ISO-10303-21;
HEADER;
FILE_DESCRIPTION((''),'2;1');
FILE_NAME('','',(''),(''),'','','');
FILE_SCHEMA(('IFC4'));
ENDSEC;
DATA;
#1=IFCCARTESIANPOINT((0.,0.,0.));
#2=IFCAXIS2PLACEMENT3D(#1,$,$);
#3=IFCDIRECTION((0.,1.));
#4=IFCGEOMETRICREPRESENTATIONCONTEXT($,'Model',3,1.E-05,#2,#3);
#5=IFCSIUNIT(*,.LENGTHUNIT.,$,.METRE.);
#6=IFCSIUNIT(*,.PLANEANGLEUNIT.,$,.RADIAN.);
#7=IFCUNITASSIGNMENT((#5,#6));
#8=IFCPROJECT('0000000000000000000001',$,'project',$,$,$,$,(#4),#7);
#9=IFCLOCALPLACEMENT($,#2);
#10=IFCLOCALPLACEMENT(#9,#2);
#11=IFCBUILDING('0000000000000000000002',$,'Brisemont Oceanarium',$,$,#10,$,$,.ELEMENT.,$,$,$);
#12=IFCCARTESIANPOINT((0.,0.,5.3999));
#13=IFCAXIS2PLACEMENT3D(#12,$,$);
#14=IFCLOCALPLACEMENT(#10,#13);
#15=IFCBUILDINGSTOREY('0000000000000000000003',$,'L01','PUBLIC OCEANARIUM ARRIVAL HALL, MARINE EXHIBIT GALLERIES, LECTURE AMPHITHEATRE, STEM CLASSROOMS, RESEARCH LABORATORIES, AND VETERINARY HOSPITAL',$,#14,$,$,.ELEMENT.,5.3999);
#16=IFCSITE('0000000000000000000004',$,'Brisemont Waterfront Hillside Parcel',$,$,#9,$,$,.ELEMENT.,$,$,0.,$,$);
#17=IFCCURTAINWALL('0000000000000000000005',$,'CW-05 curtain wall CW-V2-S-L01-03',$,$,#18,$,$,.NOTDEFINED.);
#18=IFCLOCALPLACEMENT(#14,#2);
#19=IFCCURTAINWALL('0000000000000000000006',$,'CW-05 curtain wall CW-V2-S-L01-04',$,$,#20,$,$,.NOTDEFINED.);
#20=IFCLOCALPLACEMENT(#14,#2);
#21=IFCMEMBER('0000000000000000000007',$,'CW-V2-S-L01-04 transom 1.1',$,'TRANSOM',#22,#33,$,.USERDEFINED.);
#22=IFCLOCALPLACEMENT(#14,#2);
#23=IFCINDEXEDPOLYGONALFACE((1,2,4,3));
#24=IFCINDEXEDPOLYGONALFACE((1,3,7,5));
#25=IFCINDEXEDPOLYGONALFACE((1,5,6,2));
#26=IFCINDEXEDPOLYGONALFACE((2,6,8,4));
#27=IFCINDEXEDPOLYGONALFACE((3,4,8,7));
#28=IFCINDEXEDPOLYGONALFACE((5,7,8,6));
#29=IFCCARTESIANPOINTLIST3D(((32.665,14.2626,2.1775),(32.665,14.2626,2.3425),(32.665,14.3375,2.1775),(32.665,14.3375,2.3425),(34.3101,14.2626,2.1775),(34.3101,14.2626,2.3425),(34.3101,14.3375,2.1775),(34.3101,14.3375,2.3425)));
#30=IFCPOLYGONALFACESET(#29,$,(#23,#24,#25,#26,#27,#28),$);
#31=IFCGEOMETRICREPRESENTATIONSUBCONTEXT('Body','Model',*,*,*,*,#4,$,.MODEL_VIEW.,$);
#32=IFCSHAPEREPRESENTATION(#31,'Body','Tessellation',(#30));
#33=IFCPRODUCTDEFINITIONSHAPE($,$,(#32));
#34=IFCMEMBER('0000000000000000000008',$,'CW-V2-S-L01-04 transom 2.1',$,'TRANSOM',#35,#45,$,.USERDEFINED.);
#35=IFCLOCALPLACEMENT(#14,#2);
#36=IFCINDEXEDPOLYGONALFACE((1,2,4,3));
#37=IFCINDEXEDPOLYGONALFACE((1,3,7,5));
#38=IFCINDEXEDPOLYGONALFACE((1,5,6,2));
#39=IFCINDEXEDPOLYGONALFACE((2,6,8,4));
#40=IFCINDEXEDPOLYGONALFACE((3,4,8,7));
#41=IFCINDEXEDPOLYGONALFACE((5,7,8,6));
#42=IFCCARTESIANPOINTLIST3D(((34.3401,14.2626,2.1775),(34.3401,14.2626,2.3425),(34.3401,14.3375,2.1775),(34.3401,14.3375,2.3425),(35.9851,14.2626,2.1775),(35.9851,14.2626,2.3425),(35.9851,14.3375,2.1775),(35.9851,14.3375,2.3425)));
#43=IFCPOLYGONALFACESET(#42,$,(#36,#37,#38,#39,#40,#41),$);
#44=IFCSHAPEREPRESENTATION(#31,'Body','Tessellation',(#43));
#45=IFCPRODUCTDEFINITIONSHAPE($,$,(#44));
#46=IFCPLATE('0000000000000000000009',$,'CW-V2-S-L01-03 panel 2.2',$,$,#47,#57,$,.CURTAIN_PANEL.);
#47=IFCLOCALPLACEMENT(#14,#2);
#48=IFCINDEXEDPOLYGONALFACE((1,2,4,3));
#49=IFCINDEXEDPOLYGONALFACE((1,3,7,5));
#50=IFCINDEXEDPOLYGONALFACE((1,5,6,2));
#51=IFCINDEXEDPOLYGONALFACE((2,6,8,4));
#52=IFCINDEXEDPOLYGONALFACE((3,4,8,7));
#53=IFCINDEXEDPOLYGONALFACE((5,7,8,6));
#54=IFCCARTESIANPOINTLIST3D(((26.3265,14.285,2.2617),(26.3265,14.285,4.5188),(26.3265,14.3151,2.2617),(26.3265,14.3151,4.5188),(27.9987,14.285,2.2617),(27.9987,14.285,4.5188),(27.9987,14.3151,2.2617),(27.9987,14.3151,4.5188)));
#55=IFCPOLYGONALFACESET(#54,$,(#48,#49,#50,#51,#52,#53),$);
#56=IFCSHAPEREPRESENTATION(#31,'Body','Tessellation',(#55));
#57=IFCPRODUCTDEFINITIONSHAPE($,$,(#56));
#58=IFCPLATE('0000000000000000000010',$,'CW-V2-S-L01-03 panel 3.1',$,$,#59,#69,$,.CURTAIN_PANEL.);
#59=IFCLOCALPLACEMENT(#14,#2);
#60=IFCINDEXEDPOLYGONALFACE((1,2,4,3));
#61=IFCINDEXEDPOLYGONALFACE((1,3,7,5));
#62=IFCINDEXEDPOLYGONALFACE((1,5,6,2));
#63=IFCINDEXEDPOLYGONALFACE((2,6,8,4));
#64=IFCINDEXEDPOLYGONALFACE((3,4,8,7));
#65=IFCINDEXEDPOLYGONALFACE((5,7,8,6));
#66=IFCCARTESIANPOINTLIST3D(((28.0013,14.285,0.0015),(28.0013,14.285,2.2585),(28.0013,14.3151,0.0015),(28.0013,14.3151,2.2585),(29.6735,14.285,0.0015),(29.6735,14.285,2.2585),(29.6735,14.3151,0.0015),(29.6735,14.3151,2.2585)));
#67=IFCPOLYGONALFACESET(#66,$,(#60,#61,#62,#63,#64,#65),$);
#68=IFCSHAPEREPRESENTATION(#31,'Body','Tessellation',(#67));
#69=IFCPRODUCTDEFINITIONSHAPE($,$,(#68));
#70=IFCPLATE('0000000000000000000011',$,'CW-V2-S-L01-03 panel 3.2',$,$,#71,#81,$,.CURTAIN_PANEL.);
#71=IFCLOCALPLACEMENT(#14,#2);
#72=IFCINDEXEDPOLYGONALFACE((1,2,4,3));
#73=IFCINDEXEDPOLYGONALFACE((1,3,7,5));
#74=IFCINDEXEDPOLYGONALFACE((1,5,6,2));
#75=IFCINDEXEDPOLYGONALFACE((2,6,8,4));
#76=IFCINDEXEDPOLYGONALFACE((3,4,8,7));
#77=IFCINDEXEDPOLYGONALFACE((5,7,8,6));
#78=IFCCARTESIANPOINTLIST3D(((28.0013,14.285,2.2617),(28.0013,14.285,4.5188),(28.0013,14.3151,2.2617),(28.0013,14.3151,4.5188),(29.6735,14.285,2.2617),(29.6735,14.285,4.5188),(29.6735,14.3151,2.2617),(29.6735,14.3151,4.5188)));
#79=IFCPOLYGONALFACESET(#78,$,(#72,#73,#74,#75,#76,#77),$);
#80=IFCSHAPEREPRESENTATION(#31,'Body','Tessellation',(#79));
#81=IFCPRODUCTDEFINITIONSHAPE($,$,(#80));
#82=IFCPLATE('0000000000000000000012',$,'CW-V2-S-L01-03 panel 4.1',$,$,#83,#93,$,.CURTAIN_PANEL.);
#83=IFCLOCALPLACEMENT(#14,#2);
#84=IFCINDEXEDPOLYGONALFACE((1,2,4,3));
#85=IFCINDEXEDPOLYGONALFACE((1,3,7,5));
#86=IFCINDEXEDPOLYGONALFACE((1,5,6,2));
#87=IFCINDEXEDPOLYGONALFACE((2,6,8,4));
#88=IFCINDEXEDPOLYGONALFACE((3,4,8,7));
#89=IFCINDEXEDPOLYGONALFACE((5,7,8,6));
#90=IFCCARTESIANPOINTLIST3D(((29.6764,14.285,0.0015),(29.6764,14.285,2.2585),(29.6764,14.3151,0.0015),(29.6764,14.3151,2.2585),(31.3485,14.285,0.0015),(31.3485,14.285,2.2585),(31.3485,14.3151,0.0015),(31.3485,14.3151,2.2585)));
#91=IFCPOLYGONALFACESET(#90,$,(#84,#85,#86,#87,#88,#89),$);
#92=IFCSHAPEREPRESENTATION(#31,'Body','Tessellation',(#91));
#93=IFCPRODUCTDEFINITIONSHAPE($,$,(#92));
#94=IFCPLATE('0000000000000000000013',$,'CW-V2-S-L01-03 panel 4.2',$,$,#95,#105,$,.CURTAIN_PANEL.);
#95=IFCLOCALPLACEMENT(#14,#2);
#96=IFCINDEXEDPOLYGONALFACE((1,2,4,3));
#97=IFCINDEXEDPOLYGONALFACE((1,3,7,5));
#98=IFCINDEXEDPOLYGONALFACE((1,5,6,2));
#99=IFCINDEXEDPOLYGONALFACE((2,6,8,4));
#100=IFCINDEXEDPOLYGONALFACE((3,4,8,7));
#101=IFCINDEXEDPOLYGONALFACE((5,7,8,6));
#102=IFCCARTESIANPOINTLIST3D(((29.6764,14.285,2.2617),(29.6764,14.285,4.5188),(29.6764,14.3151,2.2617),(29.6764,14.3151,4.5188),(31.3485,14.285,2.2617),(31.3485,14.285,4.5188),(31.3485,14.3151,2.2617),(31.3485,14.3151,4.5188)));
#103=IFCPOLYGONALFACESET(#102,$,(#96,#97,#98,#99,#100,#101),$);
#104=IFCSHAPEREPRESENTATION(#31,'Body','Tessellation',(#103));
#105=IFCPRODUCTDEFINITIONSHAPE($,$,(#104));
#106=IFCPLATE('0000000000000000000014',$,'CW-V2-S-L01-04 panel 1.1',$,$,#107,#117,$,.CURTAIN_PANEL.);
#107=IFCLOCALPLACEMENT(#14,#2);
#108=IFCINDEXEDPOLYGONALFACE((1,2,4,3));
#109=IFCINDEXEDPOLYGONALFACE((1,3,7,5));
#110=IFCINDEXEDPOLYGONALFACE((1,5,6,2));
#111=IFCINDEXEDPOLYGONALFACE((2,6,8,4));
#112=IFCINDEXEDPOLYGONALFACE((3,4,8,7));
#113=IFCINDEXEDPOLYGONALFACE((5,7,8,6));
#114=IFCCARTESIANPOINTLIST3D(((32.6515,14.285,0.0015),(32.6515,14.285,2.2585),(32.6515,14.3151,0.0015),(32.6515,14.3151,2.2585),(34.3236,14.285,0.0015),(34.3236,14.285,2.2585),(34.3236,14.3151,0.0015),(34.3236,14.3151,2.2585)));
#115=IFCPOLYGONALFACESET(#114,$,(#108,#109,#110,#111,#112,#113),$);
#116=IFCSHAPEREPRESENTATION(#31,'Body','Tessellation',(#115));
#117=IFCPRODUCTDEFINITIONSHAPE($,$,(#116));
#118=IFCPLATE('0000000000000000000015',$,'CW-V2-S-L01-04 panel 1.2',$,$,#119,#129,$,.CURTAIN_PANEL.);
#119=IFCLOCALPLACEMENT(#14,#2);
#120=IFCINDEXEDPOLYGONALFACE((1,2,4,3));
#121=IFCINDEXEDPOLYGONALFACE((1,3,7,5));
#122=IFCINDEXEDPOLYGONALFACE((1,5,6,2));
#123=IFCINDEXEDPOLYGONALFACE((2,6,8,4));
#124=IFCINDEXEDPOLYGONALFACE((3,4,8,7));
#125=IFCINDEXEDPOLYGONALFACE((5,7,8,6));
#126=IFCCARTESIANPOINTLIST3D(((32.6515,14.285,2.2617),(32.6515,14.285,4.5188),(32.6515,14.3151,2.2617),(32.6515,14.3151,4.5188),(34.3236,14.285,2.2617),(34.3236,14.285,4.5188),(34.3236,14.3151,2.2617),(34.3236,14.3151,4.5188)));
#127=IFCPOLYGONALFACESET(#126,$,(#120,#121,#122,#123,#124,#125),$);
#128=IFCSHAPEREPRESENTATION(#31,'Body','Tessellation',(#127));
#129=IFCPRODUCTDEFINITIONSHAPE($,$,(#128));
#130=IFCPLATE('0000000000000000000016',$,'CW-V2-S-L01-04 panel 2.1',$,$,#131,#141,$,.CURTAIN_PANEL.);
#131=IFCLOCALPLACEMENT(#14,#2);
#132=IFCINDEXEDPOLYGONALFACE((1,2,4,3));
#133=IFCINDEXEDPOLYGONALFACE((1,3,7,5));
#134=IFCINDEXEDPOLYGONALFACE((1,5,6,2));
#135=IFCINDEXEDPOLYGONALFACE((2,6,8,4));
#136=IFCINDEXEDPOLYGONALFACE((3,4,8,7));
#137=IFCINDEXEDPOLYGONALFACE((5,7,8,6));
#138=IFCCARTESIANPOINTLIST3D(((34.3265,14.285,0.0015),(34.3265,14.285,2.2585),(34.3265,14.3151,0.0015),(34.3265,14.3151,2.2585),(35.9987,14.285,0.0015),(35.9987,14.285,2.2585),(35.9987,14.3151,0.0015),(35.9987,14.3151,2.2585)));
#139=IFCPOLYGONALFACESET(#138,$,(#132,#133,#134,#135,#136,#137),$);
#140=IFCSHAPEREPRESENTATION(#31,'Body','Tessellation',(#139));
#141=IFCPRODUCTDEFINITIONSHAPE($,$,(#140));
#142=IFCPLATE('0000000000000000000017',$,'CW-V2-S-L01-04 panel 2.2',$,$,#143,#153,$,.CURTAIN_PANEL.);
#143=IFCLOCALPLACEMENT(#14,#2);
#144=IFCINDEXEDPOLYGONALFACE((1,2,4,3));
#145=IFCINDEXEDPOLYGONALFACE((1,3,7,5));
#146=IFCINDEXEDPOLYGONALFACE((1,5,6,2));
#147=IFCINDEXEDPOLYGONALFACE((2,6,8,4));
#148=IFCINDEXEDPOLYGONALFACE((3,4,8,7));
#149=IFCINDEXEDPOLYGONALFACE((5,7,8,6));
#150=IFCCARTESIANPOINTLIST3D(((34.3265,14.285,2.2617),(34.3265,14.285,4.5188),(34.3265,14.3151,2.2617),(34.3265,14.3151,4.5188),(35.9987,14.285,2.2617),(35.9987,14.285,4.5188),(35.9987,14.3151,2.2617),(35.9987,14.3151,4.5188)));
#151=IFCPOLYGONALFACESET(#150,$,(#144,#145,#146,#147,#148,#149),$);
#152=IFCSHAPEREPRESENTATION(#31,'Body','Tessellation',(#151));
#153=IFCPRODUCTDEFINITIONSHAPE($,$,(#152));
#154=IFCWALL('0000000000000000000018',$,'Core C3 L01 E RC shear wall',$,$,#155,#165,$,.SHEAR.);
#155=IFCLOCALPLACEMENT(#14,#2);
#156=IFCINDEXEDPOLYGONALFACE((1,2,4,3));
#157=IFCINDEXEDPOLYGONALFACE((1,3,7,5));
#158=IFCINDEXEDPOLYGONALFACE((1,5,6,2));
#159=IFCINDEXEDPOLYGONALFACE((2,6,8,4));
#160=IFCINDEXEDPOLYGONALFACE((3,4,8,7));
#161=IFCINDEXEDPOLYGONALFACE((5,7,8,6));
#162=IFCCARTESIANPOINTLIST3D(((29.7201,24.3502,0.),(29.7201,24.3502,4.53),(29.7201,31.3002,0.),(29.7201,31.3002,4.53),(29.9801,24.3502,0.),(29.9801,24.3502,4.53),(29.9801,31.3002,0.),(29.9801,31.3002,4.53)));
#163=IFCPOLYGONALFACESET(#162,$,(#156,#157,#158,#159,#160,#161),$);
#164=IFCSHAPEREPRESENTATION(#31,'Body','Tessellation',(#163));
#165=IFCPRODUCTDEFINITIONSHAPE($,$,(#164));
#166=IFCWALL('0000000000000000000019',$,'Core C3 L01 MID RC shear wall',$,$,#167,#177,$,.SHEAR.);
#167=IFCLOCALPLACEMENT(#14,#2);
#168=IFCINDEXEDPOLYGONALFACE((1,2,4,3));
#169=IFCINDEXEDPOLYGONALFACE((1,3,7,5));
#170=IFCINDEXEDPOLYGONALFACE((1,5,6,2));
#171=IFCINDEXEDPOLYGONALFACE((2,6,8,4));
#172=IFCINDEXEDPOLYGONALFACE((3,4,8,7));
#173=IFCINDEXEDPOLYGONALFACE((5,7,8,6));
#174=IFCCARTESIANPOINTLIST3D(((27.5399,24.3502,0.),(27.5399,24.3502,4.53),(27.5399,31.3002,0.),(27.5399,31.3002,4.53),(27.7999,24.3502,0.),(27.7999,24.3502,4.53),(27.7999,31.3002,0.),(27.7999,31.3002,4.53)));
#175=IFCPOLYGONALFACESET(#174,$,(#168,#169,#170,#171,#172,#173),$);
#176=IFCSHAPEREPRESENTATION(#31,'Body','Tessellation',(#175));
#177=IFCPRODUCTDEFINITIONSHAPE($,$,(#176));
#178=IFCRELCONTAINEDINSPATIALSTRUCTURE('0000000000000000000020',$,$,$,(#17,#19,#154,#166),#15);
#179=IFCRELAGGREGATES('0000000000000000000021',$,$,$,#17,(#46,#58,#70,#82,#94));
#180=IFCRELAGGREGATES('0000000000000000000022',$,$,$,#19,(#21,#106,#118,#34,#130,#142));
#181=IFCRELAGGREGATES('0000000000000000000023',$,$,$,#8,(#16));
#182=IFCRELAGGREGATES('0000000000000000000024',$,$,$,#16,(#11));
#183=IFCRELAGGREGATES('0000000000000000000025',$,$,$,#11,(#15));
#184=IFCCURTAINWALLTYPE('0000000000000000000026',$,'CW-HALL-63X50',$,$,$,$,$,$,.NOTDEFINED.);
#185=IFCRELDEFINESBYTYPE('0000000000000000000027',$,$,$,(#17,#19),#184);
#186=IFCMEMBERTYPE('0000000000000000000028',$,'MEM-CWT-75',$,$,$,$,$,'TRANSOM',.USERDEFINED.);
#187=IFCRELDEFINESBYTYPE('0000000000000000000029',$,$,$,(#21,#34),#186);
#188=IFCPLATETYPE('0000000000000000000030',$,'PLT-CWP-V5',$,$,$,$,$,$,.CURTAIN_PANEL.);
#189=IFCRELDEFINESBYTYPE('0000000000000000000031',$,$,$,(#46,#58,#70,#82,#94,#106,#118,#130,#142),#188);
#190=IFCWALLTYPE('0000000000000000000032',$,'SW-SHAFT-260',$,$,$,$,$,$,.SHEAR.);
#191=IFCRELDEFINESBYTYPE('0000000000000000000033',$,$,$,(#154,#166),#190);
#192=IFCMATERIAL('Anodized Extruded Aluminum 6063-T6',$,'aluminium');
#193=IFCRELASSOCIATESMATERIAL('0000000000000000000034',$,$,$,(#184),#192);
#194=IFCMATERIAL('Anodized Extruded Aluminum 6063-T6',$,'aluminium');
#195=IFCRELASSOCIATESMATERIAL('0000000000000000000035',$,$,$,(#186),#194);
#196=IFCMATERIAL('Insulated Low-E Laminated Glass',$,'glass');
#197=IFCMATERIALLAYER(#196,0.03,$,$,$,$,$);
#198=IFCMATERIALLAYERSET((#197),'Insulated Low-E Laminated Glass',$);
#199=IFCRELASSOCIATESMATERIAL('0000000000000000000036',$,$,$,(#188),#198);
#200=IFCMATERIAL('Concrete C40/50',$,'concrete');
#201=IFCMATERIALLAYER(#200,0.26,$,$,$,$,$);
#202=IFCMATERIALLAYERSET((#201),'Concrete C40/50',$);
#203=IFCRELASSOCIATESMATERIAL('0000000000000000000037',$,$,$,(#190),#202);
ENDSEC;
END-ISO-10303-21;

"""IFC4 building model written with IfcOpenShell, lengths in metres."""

from ifc_helpers import new_model, si_unit, direction, frame, frame_2d, origin, origin_2d, place, context, subcontext, project, spatial, rectangle, extrude, material, layer, layer_set, material_profile, profile_set, type_object, element, aggregate, save


model = new_model("IFC4")

# Units and contexts
model_context = context("Model", 3, precision=1e-05, world=origin(), true_north=direction((0.0, 1.0)))
body_context = subcontext(model_context, "Body", "Model", "MODEL_VIEW")
ifc_project = project(units=[si_unit("LENGTHUNIT", "METRE"), si_unit("PLANEANGLEUNIT", "RADIAN")], contexts=[model_context])

# Site, building, storey
site_placement = place(None, origin())
site = spatial("IfcSite", under=ifc_project, at=site_placement, Name="Brisemont Waterfront Hillside Parcel", CompositionType="ELEMENT", RefElevation=0.0)
building_placement = place(site_placement, origin())
building = spatial("IfcBuilding", under=site, at=building_placement, Name="Brisemont Oceanarium", CompositionType="ELEMENT")
storey_placement = place(building_placement, frame((0.0, 0.0, 5.3999)))
storey = spatial("IfcBuildingStorey", under=building, at=storey_placement, Name="L01", Description="PUBLIC OCEANARIUM ARRIVAL HALL, MARINE EXHIBIT GALLERIES, LECTURE AMPHITHEATRE, STEM CLASSROOMS, RESEARCH LABORATORIES, AND VETERINARY HOSPITAL", CompositionType="ELEMENT", Elevation=5.3999)

# Curtain walls
ifc_material_1 = material(Name="Anodized Extruded Aluminum 6063-T6", Category="aluminium")
curtain_wall_type = type_object("IfcCurtainWallType", Name="CW-HALL-63X50", PredefinedType="NOTDEFINED", material=ifc_material_1)
curtain_wall_1_placement = place(storey_placement, origin())
curtain_wall_1 = element("IfcCurtainWall", 1, at=curtain_wall_1_placement, inside=storey, type_object=curtain_wall_type, Name="CW-05 curtain wall CW-V2-S-L01-03", PredefinedType="NOTDEFINED")
curtain_wall_2_placement = place(storey_placement, origin())
curtain_wall_2 = element("IfcCurtainWall", 2, at=curtain_wall_2_placement, inside=storey, type_object=curtain_wall_type, Name="CW-05 curtain wall CW-V2-S-L01-04", PredefinedType="NOTDEFINED")

# Members
ifc_material_2 = material(Name="Anodized Extruded Aluminum 6063-T6", Category="aluminium")
ifc_material_profile_1 = material_profile(ifc_material_2, rectangle(XDim=0.075, YDim=0.165, at=origin_2d()), Name="CWT-75X165")
ifc_profile_set_1 = profile_set([ifc_material_profile_1], Name="Anodized Extruded Aluminum 6063-T6")
member_type_1 = type_object("IfcMemberType", Name="MEM-CWT-75", ElementType="TRANSOM", PredefinedType="USERDEFINED", material=ifc_profile_set_1)
member_1_placement = place(storey_placement, frame((32.665, 14.3, 2.26), z_axis=(1.0, 0.0, 0.0), x_axis=(0.0, 1.0, 0.0)))
member_1 = element("IfcMember", 3, at=member_1_placement, type_object=member_type_1, Name="CW-V2-S-L01-04 transom 1.1", ObjectType="TRANSOM", PredefinedType="USERDEFINED", context=body_context, shape_type="SweptSolid", body=[
    extrude(rectangle(XDim=0.075, YDim=0.165, at=origin_2d()), origin(), (0.0, 0.0, 1.0), 1.645),
])
member_2_placement = place(storey_placement, frame((34.3401, 14.3, 2.26), z_axis=(1.0, 0.0, 0.0), x_axis=(0.0, 1.0, 0.0)))
member_2 = element("IfcMember", 4, at=member_2_placement, type_object=member_type_1, Name="CW-V2-S-L01-04 transom 2.1", ObjectType="TRANSOM", PredefinedType="USERDEFINED", context=body_context, shape_type="SweptSolid", body=[
    extrude(rectangle(XDim=0.075, YDim=0.165, at=origin_2d()), origin(), (0.0, 0.0, 1.0), 1.645),
])

# Plates
ifc_material_3 = material(Name="Insulated Low-E Laminated Glass", Category="glass")
ifc_layer_1 = layer(ifc_material_3, 0.03)
ifc_layer_set_1 = layer_set([ifc_layer_1], Name="Insulated Low-E Laminated Glass")
plate_type = type_object("IfcPlateType", Name="PLT-CWP-V5", PredefinedType="CURTAIN_PANEL", material=ifc_layer_set_1)
plate_1_placement = place(storey_placement, frame((27.1626, 14.3, 2.2617), z_axis=(0.0, 0.0, 1.0), x_axis=(1.0, 0.0, 0.0)))
plate_1 = element("IfcPlate", 5, at=plate_1_placement, type_object=plate_type, Name="CW-V2-S-L01-03 panel 2.2", PredefinedType="CURTAIN_PANEL", context=body_context, shape_type="SweptSolid", body=[
    extrude(rectangle(XDim=1.6721, YDim=0.03, at=origin_2d()), origin(), (0.0, 0.0, 1.0), 2.2571),
])
plate_2_placement = place(storey_placement, frame((28.8374, 14.3, 0.0015), z_axis=(0.0, 0.0, 1.0), x_axis=(1.0, 0.0, 0.0)))
plate_2 = element("IfcPlate", 6, at=plate_2_placement, type_object=plate_type, Name="CW-V2-S-L01-03 panel 3.1", PredefinedType="CURTAIN_PANEL", context=body_context, shape_type="SweptSolid", body=[
    extrude(rectangle(XDim=1.6721, YDim=0.03, at=origin_2d()), origin(), (0.0, 0.0, 1.0), 2.2571),
])
plate_3_placement = place(storey_placement, frame((28.8374, 14.3, 2.2617), z_axis=(0.0, 0.0, 1.0), x_axis=(1.0, 0.0, 0.0)))
plate_3 = element("IfcPlate", 7, at=plate_3_placement, type_object=plate_type, Name="CW-V2-S-L01-03 panel 3.2", PredefinedType="CURTAIN_PANEL", context=body_context, shape_type="SweptSolid", body=[
    extrude(rectangle(XDim=1.6721, YDim=0.03, at=origin_2d()), origin(), (0.0, 0.0, 1.0), 2.2571),
])
plate_4_placement = place(storey_placement, frame((30.5125, 14.3, 0.0015), z_axis=(0.0, 0.0, 1.0), x_axis=(1.0, 0.0, 0.0)))
plate_4 = element("IfcPlate", 8, at=plate_4_placement, type_object=plate_type, Name="CW-V2-S-L01-03 panel 4.1", PredefinedType="CURTAIN_PANEL", context=body_context, shape_type="SweptSolid", body=[
    extrude(rectangle(XDim=1.6721, YDim=0.03, at=origin_2d()), origin(), (0.0, 0.0, 1.0), 2.2571),
])
plate_5_placement = place(storey_placement, frame((30.5125, 14.3, 2.2617), z_axis=(0.0, 0.0, 1.0), x_axis=(1.0, 0.0, 0.0)))
plate_5 = element("IfcPlate", 9, at=plate_5_placement, type_object=plate_type, Name="CW-V2-S-L01-03 panel 4.2", PredefinedType="CURTAIN_PANEL", context=body_context, shape_type="SweptSolid", body=[
    extrude(rectangle(XDim=1.6721, YDim=0.03, at=origin_2d()), origin(), (0.0, 0.0, 1.0), 2.2571),
])
aggregate(curtain_wall_1, [plate_1, plate_2, plate_3, plate_4, plate_5])
plate_6_placement = place(storey_placement, frame((33.4875, 14.3, 0.0015), z_axis=(0.0, 0.0, 1.0), x_axis=(1.0, 0.0, 0.0)))
plate_6 = element("IfcPlate", 10, at=plate_6_placement, type_object=plate_type, Name="CW-V2-S-L01-04 panel 1.1", PredefinedType="CURTAIN_PANEL", context=body_context, shape_type="SweptSolid", body=[
    extrude(rectangle(XDim=1.6721, YDim=0.03, at=origin_2d()), origin(), (0.0, 0.0, 1.0), 2.2571),
])
plate_7_placement = place(storey_placement, frame((33.4875, 14.3, 2.2617), z_axis=(0.0, 0.0, 1.0), x_axis=(1.0, 0.0, 0.0)))
plate_7 = element("IfcPlate", 11, at=plate_7_placement, type_object=plate_type, Name="CW-V2-S-L01-04 panel 1.2", PredefinedType="CURTAIN_PANEL", context=body_context, shape_type="SweptSolid", body=[
    extrude(rectangle(XDim=1.6721, YDim=0.03, at=origin_2d()), origin(), (0.0, 0.0, 1.0), 2.2571),
])
plate_8_placement = place(storey_placement, frame((35.1626, 14.3, 0.0015), z_axis=(0.0, 0.0, 1.0), x_axis=(1.0, 0.0, 0.0)))
plate_8 = element("IfcPlate", 12, at=plate_8_placement, type_object=plate_type, Name="CW-V2-S-L01-04 panel 2.1", PredefinedType="CURTAIN_PANEL", context=body_context, shape_type="SweptSolid", body=[
    extrude(rectangle(XDim=1.6721, YDim=0.03, at=origin_2d()), origin(), (0.0, 0.0, 1.0), 2.2571),
])
plate_9_placement = place(storey_placement, frame((35.1626, 14.3, 2.2617), z_axis=(0.0, 0.0, 1.0), x_axis=(1.0, 0.0, 0.0)))
plate_9 = element("IfcPlate", 13, at=plate_9_placement, type_object=plate_type, Name="CW-V2-S-L01-04 panel 2.2", PredefinedType="CURTAIN_PANEL", context=body_context, shape_type="SweptSolid", body=[
    extrude(rectangle(XDim=1.6721, YDim=0.03, at=origin_2d()), origin(), (0.0, 0.0, 1.0), 2.2571),
])
aggregate(curtain_wall_2, [member_1, plate_6, plate_7, member_2, plate_8, plate_9])

# Walls
ifc_material_4 = material(Name="Concrete C40/50", Category="concrete")
ifc_layer_2 = layer(ifc_material_4, 0.26)
ifc_layer_set_2 = layer_set([ifc_layer_2], Name="Concrete C40/50")
wall_type_1 = type_object("IfcWallType", Name="SW-SHAFT-260", PredefinedType="SHEAR", material=ifc_layer_set_2)
for number, where, z_axis, x_axis, name in (
    (14, (29.8501, 24.3501, 0.0), (0.0, 0.0, 1.0), (0.0, 1.0, 0.0), "Core C3 L01 E RC shear wall"),
    (15, (27.6699, 24.3501, 0.0), (0.0, 0.0, 1.0), (0.0, 1.0, 0.0), "Core C3 L01 MID RC shear wall"),
):
    element("IfcWall", number, at=place(storey_placement, frame(where, z_axis=z_axis, x_axis=x_axis)), inside=storey, type_object=wall_type_1, Name=name, PredefinedType="SHEAR", context=body_context, shape_type="SweptSolid", body=[
        extrude(rectangle(XDim=6.95, YDim=0.26, at=frame_2d((3.4751, 0.0))), origin(), (0.0, 0.0, 1.0), 4.53),
    ])

save(model, "model.ifc")
